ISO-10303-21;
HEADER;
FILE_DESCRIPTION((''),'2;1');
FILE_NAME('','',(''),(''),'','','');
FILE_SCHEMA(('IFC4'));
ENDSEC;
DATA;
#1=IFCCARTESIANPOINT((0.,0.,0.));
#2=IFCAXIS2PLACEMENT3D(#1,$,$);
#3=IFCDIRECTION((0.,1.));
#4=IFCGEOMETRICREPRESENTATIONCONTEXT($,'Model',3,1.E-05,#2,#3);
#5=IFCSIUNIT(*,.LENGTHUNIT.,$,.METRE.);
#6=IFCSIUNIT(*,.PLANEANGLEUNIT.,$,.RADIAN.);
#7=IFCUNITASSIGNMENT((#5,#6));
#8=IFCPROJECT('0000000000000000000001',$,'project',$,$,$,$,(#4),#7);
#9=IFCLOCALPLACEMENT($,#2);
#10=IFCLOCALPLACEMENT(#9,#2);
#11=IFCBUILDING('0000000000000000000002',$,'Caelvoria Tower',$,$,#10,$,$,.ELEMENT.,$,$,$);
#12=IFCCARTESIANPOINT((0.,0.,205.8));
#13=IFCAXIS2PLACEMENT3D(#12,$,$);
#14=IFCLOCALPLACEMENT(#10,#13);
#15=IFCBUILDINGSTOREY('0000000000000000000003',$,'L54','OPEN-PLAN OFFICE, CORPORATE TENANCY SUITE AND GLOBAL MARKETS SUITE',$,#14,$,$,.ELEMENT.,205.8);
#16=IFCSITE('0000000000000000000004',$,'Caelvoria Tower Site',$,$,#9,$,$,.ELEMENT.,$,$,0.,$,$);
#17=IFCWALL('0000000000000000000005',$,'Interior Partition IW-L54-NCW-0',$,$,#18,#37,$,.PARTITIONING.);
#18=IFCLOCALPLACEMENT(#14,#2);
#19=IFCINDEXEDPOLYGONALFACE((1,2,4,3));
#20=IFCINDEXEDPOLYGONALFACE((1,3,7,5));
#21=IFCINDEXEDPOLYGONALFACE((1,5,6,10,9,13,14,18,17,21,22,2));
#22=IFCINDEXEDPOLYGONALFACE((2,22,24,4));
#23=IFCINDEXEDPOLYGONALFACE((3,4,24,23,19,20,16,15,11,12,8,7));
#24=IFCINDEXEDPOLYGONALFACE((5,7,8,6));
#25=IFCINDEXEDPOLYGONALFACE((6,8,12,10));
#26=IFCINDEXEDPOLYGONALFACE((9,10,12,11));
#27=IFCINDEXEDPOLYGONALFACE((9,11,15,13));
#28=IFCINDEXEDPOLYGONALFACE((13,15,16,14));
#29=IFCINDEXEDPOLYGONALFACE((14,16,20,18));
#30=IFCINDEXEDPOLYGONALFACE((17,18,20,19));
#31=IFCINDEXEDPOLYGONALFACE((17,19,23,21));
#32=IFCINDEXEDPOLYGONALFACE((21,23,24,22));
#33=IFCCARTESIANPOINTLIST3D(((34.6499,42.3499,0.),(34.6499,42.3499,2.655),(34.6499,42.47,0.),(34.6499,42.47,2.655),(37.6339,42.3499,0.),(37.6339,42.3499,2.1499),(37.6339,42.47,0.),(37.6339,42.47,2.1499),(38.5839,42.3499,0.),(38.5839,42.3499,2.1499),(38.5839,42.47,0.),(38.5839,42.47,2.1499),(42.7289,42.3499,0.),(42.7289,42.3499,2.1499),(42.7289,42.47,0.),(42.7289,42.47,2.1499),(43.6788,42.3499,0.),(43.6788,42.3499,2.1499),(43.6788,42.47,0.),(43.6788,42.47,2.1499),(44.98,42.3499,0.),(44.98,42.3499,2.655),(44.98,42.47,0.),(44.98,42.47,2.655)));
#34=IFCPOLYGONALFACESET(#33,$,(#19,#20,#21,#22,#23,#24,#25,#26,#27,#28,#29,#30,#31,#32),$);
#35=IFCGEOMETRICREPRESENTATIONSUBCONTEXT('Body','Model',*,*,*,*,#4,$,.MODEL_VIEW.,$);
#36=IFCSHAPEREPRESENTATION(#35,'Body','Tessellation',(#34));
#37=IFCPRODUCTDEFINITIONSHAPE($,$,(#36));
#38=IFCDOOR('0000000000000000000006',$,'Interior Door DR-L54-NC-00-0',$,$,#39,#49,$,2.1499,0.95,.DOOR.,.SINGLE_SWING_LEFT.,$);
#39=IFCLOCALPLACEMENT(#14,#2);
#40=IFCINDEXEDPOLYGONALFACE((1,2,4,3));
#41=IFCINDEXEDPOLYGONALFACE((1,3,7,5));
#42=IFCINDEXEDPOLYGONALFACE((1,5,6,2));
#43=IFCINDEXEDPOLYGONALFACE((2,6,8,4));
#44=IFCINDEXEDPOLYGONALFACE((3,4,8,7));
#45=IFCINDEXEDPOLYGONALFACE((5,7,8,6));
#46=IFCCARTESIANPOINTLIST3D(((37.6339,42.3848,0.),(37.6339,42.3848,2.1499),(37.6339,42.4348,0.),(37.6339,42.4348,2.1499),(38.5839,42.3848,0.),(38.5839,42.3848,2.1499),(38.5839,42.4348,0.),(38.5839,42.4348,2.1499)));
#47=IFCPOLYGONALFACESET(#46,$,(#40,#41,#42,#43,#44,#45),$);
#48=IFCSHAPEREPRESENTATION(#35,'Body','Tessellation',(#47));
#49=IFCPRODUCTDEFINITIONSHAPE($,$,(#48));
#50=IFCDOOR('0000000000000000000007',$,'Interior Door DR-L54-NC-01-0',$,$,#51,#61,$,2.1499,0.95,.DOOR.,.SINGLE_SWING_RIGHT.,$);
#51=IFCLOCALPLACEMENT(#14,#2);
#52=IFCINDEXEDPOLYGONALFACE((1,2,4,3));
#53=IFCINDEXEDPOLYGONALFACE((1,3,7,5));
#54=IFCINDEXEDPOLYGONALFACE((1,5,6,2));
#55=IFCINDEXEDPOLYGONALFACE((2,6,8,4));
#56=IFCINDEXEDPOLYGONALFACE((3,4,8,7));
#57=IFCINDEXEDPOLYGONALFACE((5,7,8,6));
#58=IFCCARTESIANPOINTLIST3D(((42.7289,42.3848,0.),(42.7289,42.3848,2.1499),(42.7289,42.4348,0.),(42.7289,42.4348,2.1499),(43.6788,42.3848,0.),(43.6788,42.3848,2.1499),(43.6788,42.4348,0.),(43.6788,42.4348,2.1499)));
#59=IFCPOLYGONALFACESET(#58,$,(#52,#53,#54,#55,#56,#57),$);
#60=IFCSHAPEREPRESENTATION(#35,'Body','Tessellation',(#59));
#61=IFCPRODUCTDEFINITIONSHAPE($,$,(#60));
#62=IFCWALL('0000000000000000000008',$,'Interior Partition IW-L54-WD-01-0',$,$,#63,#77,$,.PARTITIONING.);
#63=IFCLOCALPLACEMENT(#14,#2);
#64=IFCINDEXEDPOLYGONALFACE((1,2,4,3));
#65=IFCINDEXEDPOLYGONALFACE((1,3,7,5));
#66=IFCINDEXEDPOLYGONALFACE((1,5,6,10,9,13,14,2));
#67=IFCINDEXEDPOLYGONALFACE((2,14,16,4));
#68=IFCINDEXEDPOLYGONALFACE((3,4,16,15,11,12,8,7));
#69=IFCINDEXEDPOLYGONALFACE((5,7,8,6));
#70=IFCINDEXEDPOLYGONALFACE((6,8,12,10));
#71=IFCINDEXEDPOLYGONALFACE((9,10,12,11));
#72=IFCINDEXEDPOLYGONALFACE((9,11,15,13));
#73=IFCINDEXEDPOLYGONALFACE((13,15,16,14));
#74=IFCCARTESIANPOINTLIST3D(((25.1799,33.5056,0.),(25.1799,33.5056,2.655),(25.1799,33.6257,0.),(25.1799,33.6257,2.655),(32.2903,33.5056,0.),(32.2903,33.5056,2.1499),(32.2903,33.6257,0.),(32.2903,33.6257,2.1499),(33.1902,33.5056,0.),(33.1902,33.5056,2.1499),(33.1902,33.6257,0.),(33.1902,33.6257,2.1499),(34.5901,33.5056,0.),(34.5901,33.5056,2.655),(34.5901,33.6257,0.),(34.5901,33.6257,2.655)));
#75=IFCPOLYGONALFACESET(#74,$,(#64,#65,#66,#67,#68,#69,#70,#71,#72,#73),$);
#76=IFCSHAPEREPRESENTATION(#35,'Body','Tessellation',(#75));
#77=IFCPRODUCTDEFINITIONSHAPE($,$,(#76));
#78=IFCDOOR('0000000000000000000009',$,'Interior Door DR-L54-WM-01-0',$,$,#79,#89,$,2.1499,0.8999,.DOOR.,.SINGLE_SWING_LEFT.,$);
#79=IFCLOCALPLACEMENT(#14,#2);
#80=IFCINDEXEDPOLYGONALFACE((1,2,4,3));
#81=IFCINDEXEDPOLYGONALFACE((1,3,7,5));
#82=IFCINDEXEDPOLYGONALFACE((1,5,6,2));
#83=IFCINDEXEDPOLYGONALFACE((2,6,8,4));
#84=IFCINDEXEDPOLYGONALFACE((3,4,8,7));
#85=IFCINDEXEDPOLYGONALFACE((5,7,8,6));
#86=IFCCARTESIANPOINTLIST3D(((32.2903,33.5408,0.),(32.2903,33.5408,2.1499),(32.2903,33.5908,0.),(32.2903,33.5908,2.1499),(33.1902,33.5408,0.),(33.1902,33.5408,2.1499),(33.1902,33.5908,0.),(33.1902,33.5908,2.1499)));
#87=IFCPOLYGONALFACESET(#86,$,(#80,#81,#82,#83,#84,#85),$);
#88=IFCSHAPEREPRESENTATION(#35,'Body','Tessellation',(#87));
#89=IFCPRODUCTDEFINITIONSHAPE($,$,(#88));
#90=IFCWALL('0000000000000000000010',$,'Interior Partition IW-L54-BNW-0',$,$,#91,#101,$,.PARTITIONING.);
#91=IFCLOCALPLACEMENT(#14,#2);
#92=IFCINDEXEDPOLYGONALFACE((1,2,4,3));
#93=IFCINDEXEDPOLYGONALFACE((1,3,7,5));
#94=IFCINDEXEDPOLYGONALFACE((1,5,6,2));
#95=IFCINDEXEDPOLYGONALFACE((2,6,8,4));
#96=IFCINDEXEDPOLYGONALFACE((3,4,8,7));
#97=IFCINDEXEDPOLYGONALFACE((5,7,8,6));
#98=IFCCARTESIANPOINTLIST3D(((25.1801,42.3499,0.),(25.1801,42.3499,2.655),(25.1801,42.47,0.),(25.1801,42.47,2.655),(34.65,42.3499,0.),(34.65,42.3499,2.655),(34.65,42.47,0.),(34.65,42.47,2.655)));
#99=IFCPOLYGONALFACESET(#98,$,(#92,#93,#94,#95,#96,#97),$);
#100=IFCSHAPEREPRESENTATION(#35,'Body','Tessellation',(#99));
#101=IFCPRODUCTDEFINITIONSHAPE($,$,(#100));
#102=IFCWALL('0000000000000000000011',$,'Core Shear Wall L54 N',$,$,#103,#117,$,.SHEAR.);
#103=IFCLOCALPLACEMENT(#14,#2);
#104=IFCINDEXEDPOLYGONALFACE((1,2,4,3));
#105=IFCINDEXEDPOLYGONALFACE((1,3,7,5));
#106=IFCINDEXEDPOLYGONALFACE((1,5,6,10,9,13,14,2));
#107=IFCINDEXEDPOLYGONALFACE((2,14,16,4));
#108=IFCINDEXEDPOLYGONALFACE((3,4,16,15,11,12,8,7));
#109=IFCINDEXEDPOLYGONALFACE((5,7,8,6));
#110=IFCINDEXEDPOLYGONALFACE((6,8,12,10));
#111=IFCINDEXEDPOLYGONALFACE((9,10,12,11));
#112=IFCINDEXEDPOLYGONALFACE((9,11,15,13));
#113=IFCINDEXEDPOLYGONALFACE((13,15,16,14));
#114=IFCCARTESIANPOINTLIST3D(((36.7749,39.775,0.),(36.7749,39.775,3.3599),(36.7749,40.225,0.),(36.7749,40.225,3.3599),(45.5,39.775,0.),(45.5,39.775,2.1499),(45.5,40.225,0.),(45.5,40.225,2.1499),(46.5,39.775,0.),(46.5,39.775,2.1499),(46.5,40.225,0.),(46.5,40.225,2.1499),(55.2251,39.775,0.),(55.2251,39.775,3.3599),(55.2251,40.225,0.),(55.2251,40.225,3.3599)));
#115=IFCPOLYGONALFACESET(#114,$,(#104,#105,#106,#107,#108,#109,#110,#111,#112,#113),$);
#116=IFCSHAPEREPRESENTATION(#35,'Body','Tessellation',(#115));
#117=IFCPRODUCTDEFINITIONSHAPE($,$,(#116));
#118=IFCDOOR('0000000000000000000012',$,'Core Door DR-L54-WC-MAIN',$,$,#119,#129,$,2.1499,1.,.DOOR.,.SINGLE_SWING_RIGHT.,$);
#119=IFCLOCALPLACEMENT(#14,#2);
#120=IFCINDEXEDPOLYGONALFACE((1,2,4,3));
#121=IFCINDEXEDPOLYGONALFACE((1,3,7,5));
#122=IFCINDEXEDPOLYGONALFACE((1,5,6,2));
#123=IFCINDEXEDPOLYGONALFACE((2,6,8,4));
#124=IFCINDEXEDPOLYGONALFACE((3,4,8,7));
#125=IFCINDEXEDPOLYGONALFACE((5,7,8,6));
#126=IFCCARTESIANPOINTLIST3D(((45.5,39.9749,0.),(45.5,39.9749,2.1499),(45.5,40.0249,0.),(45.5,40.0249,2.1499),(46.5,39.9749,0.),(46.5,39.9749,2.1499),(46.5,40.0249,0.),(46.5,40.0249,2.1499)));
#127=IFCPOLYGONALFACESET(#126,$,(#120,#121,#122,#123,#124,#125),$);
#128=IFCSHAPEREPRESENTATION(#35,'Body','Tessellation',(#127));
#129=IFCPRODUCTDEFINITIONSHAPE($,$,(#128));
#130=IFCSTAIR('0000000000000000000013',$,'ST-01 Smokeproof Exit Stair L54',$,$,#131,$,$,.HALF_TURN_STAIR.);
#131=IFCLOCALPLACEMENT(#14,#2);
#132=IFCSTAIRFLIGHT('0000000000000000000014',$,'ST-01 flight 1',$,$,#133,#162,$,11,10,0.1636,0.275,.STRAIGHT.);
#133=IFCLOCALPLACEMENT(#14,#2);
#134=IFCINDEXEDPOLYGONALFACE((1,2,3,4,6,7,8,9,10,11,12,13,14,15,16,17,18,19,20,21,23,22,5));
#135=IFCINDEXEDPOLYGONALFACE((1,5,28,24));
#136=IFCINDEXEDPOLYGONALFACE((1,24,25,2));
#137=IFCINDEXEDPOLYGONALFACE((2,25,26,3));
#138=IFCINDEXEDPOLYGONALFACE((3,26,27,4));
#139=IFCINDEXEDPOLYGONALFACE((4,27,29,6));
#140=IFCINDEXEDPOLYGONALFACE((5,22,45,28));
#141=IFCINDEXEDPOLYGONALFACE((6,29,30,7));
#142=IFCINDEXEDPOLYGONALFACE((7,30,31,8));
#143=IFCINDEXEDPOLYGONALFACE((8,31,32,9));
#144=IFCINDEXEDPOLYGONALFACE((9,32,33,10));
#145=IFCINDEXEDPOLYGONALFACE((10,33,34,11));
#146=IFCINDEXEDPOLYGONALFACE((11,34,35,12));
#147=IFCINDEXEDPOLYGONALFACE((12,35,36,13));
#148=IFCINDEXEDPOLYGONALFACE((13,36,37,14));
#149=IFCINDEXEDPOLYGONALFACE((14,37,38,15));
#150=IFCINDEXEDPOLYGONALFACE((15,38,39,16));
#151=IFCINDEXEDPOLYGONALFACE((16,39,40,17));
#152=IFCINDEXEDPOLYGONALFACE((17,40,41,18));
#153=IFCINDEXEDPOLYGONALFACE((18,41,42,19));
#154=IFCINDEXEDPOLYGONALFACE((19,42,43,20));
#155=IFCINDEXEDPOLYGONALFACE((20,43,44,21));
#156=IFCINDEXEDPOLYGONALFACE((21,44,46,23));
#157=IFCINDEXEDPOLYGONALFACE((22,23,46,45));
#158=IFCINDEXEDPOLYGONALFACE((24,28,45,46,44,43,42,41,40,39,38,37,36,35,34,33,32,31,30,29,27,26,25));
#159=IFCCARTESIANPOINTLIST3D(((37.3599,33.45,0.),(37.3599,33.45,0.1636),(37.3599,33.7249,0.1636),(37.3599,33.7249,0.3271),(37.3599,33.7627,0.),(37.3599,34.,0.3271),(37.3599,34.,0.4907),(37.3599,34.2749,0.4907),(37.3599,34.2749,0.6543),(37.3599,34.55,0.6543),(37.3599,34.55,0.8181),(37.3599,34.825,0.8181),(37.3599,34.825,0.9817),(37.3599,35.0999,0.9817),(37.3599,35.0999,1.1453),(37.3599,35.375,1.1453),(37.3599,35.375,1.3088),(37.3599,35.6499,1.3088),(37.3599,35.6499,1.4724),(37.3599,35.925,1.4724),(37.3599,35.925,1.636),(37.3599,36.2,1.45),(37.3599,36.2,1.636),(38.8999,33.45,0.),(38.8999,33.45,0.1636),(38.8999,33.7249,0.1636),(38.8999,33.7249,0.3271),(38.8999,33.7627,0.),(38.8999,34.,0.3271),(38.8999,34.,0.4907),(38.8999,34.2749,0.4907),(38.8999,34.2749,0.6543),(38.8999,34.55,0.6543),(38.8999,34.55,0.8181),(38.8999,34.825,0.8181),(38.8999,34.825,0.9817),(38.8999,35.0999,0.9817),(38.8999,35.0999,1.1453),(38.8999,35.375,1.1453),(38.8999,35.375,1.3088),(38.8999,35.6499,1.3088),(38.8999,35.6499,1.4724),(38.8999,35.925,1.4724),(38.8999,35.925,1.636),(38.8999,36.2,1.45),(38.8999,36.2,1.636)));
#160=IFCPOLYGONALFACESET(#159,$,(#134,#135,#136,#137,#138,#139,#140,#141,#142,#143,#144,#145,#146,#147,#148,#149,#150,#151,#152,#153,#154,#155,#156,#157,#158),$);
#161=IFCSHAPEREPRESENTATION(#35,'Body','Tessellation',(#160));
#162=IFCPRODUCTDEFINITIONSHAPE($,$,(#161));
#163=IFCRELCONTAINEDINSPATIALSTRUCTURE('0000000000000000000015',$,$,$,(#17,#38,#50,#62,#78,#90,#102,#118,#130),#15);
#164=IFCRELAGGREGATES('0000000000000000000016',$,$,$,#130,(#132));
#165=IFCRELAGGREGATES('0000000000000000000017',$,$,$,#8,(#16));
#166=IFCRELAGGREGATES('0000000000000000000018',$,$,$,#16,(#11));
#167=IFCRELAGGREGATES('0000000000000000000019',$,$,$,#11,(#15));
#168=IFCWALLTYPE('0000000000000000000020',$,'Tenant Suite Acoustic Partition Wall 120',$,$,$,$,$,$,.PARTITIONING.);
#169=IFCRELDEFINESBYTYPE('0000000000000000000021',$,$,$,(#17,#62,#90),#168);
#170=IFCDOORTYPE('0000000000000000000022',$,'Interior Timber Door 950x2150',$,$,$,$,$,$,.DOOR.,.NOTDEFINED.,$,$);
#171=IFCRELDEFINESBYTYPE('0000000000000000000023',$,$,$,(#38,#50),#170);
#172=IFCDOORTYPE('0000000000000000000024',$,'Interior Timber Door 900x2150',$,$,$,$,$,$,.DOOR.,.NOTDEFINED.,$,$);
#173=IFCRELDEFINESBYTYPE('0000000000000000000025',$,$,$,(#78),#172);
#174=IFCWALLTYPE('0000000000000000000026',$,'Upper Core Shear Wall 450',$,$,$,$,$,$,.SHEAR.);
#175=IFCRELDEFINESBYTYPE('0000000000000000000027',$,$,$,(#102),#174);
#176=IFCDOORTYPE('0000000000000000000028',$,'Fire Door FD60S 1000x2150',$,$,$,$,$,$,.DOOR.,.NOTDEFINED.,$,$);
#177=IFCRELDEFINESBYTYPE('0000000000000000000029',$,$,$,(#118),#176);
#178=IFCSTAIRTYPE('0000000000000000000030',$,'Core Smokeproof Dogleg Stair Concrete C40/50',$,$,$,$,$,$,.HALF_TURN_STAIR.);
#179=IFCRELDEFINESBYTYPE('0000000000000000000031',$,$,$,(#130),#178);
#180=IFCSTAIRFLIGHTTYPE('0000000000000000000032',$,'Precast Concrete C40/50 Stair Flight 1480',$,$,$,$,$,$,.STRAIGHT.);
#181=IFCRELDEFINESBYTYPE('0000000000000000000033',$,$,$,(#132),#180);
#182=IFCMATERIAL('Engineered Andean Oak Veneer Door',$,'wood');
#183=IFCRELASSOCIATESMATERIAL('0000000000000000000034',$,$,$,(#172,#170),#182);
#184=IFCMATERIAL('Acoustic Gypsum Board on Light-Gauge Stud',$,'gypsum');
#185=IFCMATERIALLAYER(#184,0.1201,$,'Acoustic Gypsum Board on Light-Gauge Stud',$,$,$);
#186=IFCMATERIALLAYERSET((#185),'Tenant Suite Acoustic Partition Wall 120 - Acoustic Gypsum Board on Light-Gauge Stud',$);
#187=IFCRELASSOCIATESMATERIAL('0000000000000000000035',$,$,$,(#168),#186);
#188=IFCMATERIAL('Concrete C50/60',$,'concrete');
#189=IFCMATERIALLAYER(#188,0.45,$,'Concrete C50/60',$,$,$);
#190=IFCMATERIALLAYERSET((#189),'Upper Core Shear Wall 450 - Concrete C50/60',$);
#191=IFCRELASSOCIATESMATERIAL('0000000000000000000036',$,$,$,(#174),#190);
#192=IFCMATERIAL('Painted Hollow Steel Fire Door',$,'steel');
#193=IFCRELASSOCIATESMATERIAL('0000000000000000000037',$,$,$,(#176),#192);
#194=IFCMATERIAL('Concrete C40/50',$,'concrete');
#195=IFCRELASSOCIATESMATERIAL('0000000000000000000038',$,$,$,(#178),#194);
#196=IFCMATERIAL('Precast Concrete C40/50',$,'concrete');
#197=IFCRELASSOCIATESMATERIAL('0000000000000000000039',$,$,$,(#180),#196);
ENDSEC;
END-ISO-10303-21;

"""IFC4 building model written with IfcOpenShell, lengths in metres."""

from ifc_helpers import new_model, si_unit, direction, frame, frame_2d, origin, place, context, subcontext, project, spatial, polyline, rectangle, outline, extrude, material, layer, layer_set, type_object, element, fill, aggregate, save


model = new_model("IFC4")

# Units and contexts
model_context = context("Model", 3, precision=1e-05, world=origin(), true_north=direction((0.0, 1.0)))
body_context = subcontext(model_context, "Body", "Model", "MODEL_VIEW")
ifc_project = project(units=[si_unit("LENGTHUNIT", "METRE"), si_unit("PLANEANGLEUNIT", "RADIAN")], contexts=[model_context])

# Site, building, storey
site_placement = place(None, origin())
site = spatial("IfcSite", under=ifc_project, at=site_placement, Name="Caelvoria Tower Site", CompositionType="ELEMENT", RefElevation=0.0)
building_placement = place(site_placement, origin())
building = spatial("IfcBuilding", under=site, at=building_placement, Name="Caelvoria Tower", CompositionType="ELEMENT")
storey_placement = place(building_placement, frame((0.0, 0.0, 205.8)))
storey = spatial("IfcBuildingStorey", under=building, at=storey_placement, Name="L54", Description="OPEN-PLAN OFFICE, CORPORATE TENANCY SUITE AND GLOBAL MARKETS SUITE", CompositionType="ELEMENT", Elevation=205.8)

# Shared definitions
ifc_material_1 = material(Name="Concrete C50/60", Category="concrete")

# Shared definitions
ifc_material_2 = material(Name="Engineered Andean Oak Veneer Door", Category="wood")
door_type_1 = type_object("IfcDoorType", Name="Interior Timber Door 900x2150", OperationType="NOTDEFINED", PredefinedType="DOOR", material=ifc_material_2)
ifc_material_3 = material(Name="Acoustic Gypsum Board on Light-Gauge Stud", Category="gypsum")
ifc_layer_1 = layer(ifc_material_3, 0.1201, Name="Acoustic Gypsum Board on Light-Gauge Stud")
ifc_layer_set_1 = layer_set([ifc_layer_1], Name="Tenant Suite Acoustic Partition Wall 120 - Acoustic Gypsum Board on Light-Gauge Stud")
wall_type_1 = type_object("IfcWallType", Name="Tenant Suite Acoustic Partition Wall 120", PredefinedType="PARTITIONING", material=ifc_layer_set_1)

# Wall, openings, doors
wall_1_placement = place(storey_placement, frame((34.6499, 42.4099, 0.0), z_axis=(0.0, 0.0, 1.0), x_axis=(1.0, 0.0, 0.0)))
wall_1 = element("IfcWall", 1, at=wall_1_placement, inside=storey, type_object=wall_type_1, Name="Interior Partition IW-L54-NCW-0", PredefinedType="PARTITIONING", context=body_context, shape_type="SweptSolid", body=[
    extrude(rectangle(XDim=10.3301, YDim=0.1201, at=frame_2d((5.165, 0.0))), origin(), (0.0, 0.0, 1.0), 2.655),
])
opening_1_placement = place(wall_1_placement, frame((2.9839, 0.0, 0.0)))
opening_1 = element("IfcOpeningElement", 2, at=opening_1_placement, cuts=wall_1, PredefinedType="OPENING", context=body_context, shape_type="SweptSolid", body=[
    extrude(rectangle(XDim=0.95, YDim=2.1499, at=frame_2d((0.4751, 1.075))), frame((0.0, 0.0701, 0.0), z_axis=(0.0, -1.0, 0.0), x_axis=(1.0, 0.0, 0.0)), (0.0, 0.0, 1.0), 0.1401),
])
opening_2_placement = place(wall_1_placement, frame((8.0789, 0.0, 0.0)))
opening_2 = element("IfcOpeningElement", 3, at=opening_2_placement, cuts=wall_1, PredefinedType="OPENING", context=body_context, shape_type="SweptSolid", body=[
    extrude(rectangle(XDim=0.95, YDim=2.1499, at=frame_2d((0.4751, 1.075))), frame((0.0, 0.0701, 0.0), z_axis=(0.0, -1.0, 0.0), x_axis=(1.0, 0.0, 0.0)), (0.0, 0.0, 1.0), 0.1401),
])
door_type_2 = type_object("IfcDoorType", Name="Interior Timber Door 950x2150", OperationType="NOTDEFINED", PredefinedType="DOOR", material=ifc_material_2)
door_1_placement = place(opening_1_placement, origin())
door_1 = element("IfcDoor", 4, at=door_1_placement, inside=storey, type_object=door_type_2, Name="Interior Door DR-L54-NC-00-0", OperationType="SINGLE_SWING_LEFT", OverallHeight=2.1499, OverallWidth=0.95, PredefinedType="DOOR", context=body_context, shape_type="SweptSolid", body=[
    extrude(rectangle(XDim=0.95, YDim=2.1499, at=frame_2d((0.4751, 1.075))), frame((0.0, 0.0249, 0.0), z_axis=(0.0, -1.0, 0.0), x_axis=(1.0, 0.0, 0.0)), (0.0, 0.0, 1.0), 0.05),
])
fill(opening_1, door_1)
door_2_placement = place(opening_2_placement, origin())
door_2 = element("IfcDoor", 5, at=door_2_placement, inside=storey, type_object=door_type_2, Name="Interior Door DR-L54-NC-01-0", OperationType="SINGLE_SWING_RIGHT", OverallHeight=2.1499, OverallWidth=0.95, PredefinedType="DOOR", context=body_context, shape_type="SweptSolid", body=[
    extrude(rectangle(XDim=0.95, YDim=2.1499, at=frame_2d((0.4751, 1.075))), frame((0.0, 0.0249, 0.0), z_axis=(0.0, -1.0, 0.0), x_axis=(1.0, 0.0, 0.0)), (0.0, 0.0, 1.0), 0.05),
])
fill(opening_2, door_2)

# Wall, opening, door
wall_2_placement = place(storey_placement, frame((34.5901, 33.5657, 0.0), z_axis=(0.0, 0.0, 1.0), x_axis=(-1.0, 0.0, 0.0)))
wall_2 = element("IfcWall", 6, at=wall_2_placement, inside=storey, type_object=wall_type_1, Name="Interior Partition IW-L54-WD-01-0", PredefinedType="PARTITIONING", context=body_context, shape_type="SweptSolid", body=[
    extrude(rectangle(XDim=9.4102, YDim=0.1201, at=frame_2d((4.7051, 0.0))), origin(), (0.0, 0.0, 1.0), 2.655),
])
opening_3_placement = place(wall_2_placement, frame((1.3999, 0.0, 0.0)))
opening_3 = element("IfcOpeningElement", 7, at=opening_3_placement, cuts=wall_2, PredefinedType="OPENING", context=body_context, shape_type="SweptSolid", body=[
    extrude(rectangle(XDim=0.8999, YDim=2.1499, at=frame_2d((0.45, 1.075))), frame((0.0, 0.0701, 0.0), z_axis=(0.0, -1.0, 0.0), x_axis=(1.0, 0.0, 0.0)), (0.0, 0.0, 1.0), 0.1401),
])
door_3_placement = place(opening_3_placement, origin())
door_3 = element("IfcDoor", 8, at=door_3_placement, inside=storey, type_object=door_type_1, Name="Interior Door DR-L54-WM-01-0", OperationType="SINGLE_SWING_LEFT", OverallHeight=2.1499, OverallWidth=0.8999, PredefinedType="DOOR", context=body_context, shape_type="SweptSolid", body=[
    extrude(rectangle(XDim=0.8999, YDim=2.1499, at=frame_2d((0.45, 1.075))), frame((0.0, 0.0249, 0.0), z_axis=(0.0, -1.0, 0.0), x_axis=(1.0, 0.0, 0.0)), (0.0, 0.0, 1.0), 0.05),
])
fill(opening_3, door_3)

# Wall
wall_3_placement = place(storey_placement, frame((34.6499, 42.4099, 0.0), z_axis=(0.0, 0.0, 1.0), x_axis=(-1.0, 0.0, 0.0)))
element("IfcWall", 9, at=wall_3_placement, inside=storey, type_object=wall_type_1, Name="Interior Partition IW-L54-BNW-0", PredefinedType="PARTITIONING", context=body_context, shape_type="SweptSolid", body=[
    extrude(rectangle(XDim=9.47, YDim=0.1201, at=frame_2d((4.7349, 0.0))), origin(), (0.0, 0.0, 1.0), 2.655),
])

# Wall, opening, door
ifc_layer_2 = layer(ifc_material_1, 0.45, Name="Concrete C50/60")
ifc_layer_set_2 = layer_set([ifc_layer_2], Name="Upper Core Shear Wall 450 - Concrete C50/60")
wall_type_2 = type_object("IfcWallType", Name="Upper Core Shear Wall 450", PredefinedType="SHEAR", material=ifc_layer_set_2)
wall_4_placement = place(storey_placement, frame((36.7749, 40.0, 0.0), z_axis=(0.0, 0.0, 1.0), x_axis=(1.0, 0.0, 0.0)))
wall_4 = element("IfcWall", 10, at=wall_4_placement, inside=storey, type_object=wall_type_2, Name="Core Shear Wall L54 N", PredefinedType="SHEAR", context=body_context, shape_type="SweptSolid", body=[
    extrude(rectangle(XDim=18.4502, YDim=0.45, at=frame_2d((9.2251, 0.0))), origin(), (0.0, 0.0, 1.0), 3.3599),
])
opening_4_placement = place(wall_4_placement, frame((8.7251, 0.0, 0.0)))
opening_4 = element("IfcOpeningElement", 11, at=opening_4_placement, cuts=wall_4, PredefinedType="OPENING", context=body_context, shape_type="SweptSolid", body=[
    extrude(rectangle(XDim=1.0, YDim=2.1499, at=frame_2d((0.5, 1.075))), frame((0.0, 0.2349, 0.0), z_axis=(0.0, -1.0, 0.0), x_axis=(1.0, 0.0, 0.0)), (0.0, 0.0, 1.0), 0.47),
])
ifc_material_4 = material(Name="Painted Hollow Steel Fire Door", Category="steel")
door_type_3 = type_object("IfcDoorType", Name="Fire Door FD60S 1000x2150", OperationType="NOTDEFINED", PredefinedType="DOOR", material=ifc_material_4)
door_4_placement = place(opening_4_placement, origin())
door_4 = element("IfcDoor", 12, at=door_4_placement, inside=storey, type_object=door_type_3, Name="Core Door DR-L54-WC-MAIN", OperationType="SINGLE_SWING_RIGHT", OverallHeight=2.1499, OverallWidth=1.0, PredefinedType="DOOR", context=body_context, shape_type="SweptSolid", body=[
    extrude(rectangle(XDim=1.0, YDim=2.1499, at=frame_2d((0.5, 1.075))), frame((0.0, 0.0249, 0.0), z_axis=(0.0, -1.0, 0.0), x_axis=(1.0, 0.0, 0.0)), (0.0, 0.0, 1.0), 0.05),
])
fill(opening_4, door_4)

# Stair, stair flight
ifc_material_5 = material(Name="Concrete C40/50", Category="concrete")
stair_type = type_object("IfcStairType", Name="Core Smokeproof Dogleg Stair Concrete C40/50", PredefinedType="HALF_TURN_STAIR", material=ifc_material_5)
stair_placement = place(storey_placement, origin())
stair = element("IfcStair", 13, at=stair_placement, inside=storey, type_object=stair_type, Name="ST-01 Smokeproof Exit Stair L54", PredefinedType="HALF_TURN_STAIR")
ifc_material_6 = material(Name="Precast Concrete C40/50", Category="concrete")
stair_flight_type = type_object("IfcStairFlightType", Name="Precast Concrete C40/50 Stair Flight 1480", PredefinedType="STRAIGHT", material=ifc_material_6)
stair_flight_1_placement = place(storey_placement, frame((38.1299, 33.45, 0.0), z_axis=(0.0, 0.0, 1.0), x_axis=(0.0, 1.0, 0.0)))
stair_flight_1 = element("IfcStairFlight", 14, at=stair_flight_1_placement, type_object=stair_flight_type, Name="ST-01 flight 1", NumberOfRisers=11, NumberOfTreads=10, PredefinedType="STRAIGHT", RiserHeight=0.1636, TreadLength=0.275, context=body_context, shape_type="SweptSolid", body=[
    extrude(outline(polyline([(0.0, 0.0), (0.0, 0.1636), (0.2749, 0.1636), (0.2749, 0.3271), (0.55, 0.3271), (0.55, 0.4907), (0.825, 0.4907), (0.825, 0.6543), (1.1001, 0.6543), (1.1001, 0.8181), (1.375, 0.8181), (1.375, 0.9817), (1.6499, 0.9817), (1.6499, 1.1453), (1.925, 1.1453), (1.925, 1.3088), (2.2, 1.3088), (2.2, 1.4724), (2.4751, 1.4724), (2.4751, 1.636), (2.75, 1.636), (2.75, 1.7996), (2.75, 1.45), (0.3127, 0.0), (0.0, 0.0)])), frame((0.0, 0.77, 0.0), z_axis=(0.0, -1.0, 0.0), x_axis=(1.0, 0.0, 0.0)), (0.0, 0.0, 1.0), 1.54),
])
aggregate(stair, [stair_flight_1])

save(model, "model.ifc")
